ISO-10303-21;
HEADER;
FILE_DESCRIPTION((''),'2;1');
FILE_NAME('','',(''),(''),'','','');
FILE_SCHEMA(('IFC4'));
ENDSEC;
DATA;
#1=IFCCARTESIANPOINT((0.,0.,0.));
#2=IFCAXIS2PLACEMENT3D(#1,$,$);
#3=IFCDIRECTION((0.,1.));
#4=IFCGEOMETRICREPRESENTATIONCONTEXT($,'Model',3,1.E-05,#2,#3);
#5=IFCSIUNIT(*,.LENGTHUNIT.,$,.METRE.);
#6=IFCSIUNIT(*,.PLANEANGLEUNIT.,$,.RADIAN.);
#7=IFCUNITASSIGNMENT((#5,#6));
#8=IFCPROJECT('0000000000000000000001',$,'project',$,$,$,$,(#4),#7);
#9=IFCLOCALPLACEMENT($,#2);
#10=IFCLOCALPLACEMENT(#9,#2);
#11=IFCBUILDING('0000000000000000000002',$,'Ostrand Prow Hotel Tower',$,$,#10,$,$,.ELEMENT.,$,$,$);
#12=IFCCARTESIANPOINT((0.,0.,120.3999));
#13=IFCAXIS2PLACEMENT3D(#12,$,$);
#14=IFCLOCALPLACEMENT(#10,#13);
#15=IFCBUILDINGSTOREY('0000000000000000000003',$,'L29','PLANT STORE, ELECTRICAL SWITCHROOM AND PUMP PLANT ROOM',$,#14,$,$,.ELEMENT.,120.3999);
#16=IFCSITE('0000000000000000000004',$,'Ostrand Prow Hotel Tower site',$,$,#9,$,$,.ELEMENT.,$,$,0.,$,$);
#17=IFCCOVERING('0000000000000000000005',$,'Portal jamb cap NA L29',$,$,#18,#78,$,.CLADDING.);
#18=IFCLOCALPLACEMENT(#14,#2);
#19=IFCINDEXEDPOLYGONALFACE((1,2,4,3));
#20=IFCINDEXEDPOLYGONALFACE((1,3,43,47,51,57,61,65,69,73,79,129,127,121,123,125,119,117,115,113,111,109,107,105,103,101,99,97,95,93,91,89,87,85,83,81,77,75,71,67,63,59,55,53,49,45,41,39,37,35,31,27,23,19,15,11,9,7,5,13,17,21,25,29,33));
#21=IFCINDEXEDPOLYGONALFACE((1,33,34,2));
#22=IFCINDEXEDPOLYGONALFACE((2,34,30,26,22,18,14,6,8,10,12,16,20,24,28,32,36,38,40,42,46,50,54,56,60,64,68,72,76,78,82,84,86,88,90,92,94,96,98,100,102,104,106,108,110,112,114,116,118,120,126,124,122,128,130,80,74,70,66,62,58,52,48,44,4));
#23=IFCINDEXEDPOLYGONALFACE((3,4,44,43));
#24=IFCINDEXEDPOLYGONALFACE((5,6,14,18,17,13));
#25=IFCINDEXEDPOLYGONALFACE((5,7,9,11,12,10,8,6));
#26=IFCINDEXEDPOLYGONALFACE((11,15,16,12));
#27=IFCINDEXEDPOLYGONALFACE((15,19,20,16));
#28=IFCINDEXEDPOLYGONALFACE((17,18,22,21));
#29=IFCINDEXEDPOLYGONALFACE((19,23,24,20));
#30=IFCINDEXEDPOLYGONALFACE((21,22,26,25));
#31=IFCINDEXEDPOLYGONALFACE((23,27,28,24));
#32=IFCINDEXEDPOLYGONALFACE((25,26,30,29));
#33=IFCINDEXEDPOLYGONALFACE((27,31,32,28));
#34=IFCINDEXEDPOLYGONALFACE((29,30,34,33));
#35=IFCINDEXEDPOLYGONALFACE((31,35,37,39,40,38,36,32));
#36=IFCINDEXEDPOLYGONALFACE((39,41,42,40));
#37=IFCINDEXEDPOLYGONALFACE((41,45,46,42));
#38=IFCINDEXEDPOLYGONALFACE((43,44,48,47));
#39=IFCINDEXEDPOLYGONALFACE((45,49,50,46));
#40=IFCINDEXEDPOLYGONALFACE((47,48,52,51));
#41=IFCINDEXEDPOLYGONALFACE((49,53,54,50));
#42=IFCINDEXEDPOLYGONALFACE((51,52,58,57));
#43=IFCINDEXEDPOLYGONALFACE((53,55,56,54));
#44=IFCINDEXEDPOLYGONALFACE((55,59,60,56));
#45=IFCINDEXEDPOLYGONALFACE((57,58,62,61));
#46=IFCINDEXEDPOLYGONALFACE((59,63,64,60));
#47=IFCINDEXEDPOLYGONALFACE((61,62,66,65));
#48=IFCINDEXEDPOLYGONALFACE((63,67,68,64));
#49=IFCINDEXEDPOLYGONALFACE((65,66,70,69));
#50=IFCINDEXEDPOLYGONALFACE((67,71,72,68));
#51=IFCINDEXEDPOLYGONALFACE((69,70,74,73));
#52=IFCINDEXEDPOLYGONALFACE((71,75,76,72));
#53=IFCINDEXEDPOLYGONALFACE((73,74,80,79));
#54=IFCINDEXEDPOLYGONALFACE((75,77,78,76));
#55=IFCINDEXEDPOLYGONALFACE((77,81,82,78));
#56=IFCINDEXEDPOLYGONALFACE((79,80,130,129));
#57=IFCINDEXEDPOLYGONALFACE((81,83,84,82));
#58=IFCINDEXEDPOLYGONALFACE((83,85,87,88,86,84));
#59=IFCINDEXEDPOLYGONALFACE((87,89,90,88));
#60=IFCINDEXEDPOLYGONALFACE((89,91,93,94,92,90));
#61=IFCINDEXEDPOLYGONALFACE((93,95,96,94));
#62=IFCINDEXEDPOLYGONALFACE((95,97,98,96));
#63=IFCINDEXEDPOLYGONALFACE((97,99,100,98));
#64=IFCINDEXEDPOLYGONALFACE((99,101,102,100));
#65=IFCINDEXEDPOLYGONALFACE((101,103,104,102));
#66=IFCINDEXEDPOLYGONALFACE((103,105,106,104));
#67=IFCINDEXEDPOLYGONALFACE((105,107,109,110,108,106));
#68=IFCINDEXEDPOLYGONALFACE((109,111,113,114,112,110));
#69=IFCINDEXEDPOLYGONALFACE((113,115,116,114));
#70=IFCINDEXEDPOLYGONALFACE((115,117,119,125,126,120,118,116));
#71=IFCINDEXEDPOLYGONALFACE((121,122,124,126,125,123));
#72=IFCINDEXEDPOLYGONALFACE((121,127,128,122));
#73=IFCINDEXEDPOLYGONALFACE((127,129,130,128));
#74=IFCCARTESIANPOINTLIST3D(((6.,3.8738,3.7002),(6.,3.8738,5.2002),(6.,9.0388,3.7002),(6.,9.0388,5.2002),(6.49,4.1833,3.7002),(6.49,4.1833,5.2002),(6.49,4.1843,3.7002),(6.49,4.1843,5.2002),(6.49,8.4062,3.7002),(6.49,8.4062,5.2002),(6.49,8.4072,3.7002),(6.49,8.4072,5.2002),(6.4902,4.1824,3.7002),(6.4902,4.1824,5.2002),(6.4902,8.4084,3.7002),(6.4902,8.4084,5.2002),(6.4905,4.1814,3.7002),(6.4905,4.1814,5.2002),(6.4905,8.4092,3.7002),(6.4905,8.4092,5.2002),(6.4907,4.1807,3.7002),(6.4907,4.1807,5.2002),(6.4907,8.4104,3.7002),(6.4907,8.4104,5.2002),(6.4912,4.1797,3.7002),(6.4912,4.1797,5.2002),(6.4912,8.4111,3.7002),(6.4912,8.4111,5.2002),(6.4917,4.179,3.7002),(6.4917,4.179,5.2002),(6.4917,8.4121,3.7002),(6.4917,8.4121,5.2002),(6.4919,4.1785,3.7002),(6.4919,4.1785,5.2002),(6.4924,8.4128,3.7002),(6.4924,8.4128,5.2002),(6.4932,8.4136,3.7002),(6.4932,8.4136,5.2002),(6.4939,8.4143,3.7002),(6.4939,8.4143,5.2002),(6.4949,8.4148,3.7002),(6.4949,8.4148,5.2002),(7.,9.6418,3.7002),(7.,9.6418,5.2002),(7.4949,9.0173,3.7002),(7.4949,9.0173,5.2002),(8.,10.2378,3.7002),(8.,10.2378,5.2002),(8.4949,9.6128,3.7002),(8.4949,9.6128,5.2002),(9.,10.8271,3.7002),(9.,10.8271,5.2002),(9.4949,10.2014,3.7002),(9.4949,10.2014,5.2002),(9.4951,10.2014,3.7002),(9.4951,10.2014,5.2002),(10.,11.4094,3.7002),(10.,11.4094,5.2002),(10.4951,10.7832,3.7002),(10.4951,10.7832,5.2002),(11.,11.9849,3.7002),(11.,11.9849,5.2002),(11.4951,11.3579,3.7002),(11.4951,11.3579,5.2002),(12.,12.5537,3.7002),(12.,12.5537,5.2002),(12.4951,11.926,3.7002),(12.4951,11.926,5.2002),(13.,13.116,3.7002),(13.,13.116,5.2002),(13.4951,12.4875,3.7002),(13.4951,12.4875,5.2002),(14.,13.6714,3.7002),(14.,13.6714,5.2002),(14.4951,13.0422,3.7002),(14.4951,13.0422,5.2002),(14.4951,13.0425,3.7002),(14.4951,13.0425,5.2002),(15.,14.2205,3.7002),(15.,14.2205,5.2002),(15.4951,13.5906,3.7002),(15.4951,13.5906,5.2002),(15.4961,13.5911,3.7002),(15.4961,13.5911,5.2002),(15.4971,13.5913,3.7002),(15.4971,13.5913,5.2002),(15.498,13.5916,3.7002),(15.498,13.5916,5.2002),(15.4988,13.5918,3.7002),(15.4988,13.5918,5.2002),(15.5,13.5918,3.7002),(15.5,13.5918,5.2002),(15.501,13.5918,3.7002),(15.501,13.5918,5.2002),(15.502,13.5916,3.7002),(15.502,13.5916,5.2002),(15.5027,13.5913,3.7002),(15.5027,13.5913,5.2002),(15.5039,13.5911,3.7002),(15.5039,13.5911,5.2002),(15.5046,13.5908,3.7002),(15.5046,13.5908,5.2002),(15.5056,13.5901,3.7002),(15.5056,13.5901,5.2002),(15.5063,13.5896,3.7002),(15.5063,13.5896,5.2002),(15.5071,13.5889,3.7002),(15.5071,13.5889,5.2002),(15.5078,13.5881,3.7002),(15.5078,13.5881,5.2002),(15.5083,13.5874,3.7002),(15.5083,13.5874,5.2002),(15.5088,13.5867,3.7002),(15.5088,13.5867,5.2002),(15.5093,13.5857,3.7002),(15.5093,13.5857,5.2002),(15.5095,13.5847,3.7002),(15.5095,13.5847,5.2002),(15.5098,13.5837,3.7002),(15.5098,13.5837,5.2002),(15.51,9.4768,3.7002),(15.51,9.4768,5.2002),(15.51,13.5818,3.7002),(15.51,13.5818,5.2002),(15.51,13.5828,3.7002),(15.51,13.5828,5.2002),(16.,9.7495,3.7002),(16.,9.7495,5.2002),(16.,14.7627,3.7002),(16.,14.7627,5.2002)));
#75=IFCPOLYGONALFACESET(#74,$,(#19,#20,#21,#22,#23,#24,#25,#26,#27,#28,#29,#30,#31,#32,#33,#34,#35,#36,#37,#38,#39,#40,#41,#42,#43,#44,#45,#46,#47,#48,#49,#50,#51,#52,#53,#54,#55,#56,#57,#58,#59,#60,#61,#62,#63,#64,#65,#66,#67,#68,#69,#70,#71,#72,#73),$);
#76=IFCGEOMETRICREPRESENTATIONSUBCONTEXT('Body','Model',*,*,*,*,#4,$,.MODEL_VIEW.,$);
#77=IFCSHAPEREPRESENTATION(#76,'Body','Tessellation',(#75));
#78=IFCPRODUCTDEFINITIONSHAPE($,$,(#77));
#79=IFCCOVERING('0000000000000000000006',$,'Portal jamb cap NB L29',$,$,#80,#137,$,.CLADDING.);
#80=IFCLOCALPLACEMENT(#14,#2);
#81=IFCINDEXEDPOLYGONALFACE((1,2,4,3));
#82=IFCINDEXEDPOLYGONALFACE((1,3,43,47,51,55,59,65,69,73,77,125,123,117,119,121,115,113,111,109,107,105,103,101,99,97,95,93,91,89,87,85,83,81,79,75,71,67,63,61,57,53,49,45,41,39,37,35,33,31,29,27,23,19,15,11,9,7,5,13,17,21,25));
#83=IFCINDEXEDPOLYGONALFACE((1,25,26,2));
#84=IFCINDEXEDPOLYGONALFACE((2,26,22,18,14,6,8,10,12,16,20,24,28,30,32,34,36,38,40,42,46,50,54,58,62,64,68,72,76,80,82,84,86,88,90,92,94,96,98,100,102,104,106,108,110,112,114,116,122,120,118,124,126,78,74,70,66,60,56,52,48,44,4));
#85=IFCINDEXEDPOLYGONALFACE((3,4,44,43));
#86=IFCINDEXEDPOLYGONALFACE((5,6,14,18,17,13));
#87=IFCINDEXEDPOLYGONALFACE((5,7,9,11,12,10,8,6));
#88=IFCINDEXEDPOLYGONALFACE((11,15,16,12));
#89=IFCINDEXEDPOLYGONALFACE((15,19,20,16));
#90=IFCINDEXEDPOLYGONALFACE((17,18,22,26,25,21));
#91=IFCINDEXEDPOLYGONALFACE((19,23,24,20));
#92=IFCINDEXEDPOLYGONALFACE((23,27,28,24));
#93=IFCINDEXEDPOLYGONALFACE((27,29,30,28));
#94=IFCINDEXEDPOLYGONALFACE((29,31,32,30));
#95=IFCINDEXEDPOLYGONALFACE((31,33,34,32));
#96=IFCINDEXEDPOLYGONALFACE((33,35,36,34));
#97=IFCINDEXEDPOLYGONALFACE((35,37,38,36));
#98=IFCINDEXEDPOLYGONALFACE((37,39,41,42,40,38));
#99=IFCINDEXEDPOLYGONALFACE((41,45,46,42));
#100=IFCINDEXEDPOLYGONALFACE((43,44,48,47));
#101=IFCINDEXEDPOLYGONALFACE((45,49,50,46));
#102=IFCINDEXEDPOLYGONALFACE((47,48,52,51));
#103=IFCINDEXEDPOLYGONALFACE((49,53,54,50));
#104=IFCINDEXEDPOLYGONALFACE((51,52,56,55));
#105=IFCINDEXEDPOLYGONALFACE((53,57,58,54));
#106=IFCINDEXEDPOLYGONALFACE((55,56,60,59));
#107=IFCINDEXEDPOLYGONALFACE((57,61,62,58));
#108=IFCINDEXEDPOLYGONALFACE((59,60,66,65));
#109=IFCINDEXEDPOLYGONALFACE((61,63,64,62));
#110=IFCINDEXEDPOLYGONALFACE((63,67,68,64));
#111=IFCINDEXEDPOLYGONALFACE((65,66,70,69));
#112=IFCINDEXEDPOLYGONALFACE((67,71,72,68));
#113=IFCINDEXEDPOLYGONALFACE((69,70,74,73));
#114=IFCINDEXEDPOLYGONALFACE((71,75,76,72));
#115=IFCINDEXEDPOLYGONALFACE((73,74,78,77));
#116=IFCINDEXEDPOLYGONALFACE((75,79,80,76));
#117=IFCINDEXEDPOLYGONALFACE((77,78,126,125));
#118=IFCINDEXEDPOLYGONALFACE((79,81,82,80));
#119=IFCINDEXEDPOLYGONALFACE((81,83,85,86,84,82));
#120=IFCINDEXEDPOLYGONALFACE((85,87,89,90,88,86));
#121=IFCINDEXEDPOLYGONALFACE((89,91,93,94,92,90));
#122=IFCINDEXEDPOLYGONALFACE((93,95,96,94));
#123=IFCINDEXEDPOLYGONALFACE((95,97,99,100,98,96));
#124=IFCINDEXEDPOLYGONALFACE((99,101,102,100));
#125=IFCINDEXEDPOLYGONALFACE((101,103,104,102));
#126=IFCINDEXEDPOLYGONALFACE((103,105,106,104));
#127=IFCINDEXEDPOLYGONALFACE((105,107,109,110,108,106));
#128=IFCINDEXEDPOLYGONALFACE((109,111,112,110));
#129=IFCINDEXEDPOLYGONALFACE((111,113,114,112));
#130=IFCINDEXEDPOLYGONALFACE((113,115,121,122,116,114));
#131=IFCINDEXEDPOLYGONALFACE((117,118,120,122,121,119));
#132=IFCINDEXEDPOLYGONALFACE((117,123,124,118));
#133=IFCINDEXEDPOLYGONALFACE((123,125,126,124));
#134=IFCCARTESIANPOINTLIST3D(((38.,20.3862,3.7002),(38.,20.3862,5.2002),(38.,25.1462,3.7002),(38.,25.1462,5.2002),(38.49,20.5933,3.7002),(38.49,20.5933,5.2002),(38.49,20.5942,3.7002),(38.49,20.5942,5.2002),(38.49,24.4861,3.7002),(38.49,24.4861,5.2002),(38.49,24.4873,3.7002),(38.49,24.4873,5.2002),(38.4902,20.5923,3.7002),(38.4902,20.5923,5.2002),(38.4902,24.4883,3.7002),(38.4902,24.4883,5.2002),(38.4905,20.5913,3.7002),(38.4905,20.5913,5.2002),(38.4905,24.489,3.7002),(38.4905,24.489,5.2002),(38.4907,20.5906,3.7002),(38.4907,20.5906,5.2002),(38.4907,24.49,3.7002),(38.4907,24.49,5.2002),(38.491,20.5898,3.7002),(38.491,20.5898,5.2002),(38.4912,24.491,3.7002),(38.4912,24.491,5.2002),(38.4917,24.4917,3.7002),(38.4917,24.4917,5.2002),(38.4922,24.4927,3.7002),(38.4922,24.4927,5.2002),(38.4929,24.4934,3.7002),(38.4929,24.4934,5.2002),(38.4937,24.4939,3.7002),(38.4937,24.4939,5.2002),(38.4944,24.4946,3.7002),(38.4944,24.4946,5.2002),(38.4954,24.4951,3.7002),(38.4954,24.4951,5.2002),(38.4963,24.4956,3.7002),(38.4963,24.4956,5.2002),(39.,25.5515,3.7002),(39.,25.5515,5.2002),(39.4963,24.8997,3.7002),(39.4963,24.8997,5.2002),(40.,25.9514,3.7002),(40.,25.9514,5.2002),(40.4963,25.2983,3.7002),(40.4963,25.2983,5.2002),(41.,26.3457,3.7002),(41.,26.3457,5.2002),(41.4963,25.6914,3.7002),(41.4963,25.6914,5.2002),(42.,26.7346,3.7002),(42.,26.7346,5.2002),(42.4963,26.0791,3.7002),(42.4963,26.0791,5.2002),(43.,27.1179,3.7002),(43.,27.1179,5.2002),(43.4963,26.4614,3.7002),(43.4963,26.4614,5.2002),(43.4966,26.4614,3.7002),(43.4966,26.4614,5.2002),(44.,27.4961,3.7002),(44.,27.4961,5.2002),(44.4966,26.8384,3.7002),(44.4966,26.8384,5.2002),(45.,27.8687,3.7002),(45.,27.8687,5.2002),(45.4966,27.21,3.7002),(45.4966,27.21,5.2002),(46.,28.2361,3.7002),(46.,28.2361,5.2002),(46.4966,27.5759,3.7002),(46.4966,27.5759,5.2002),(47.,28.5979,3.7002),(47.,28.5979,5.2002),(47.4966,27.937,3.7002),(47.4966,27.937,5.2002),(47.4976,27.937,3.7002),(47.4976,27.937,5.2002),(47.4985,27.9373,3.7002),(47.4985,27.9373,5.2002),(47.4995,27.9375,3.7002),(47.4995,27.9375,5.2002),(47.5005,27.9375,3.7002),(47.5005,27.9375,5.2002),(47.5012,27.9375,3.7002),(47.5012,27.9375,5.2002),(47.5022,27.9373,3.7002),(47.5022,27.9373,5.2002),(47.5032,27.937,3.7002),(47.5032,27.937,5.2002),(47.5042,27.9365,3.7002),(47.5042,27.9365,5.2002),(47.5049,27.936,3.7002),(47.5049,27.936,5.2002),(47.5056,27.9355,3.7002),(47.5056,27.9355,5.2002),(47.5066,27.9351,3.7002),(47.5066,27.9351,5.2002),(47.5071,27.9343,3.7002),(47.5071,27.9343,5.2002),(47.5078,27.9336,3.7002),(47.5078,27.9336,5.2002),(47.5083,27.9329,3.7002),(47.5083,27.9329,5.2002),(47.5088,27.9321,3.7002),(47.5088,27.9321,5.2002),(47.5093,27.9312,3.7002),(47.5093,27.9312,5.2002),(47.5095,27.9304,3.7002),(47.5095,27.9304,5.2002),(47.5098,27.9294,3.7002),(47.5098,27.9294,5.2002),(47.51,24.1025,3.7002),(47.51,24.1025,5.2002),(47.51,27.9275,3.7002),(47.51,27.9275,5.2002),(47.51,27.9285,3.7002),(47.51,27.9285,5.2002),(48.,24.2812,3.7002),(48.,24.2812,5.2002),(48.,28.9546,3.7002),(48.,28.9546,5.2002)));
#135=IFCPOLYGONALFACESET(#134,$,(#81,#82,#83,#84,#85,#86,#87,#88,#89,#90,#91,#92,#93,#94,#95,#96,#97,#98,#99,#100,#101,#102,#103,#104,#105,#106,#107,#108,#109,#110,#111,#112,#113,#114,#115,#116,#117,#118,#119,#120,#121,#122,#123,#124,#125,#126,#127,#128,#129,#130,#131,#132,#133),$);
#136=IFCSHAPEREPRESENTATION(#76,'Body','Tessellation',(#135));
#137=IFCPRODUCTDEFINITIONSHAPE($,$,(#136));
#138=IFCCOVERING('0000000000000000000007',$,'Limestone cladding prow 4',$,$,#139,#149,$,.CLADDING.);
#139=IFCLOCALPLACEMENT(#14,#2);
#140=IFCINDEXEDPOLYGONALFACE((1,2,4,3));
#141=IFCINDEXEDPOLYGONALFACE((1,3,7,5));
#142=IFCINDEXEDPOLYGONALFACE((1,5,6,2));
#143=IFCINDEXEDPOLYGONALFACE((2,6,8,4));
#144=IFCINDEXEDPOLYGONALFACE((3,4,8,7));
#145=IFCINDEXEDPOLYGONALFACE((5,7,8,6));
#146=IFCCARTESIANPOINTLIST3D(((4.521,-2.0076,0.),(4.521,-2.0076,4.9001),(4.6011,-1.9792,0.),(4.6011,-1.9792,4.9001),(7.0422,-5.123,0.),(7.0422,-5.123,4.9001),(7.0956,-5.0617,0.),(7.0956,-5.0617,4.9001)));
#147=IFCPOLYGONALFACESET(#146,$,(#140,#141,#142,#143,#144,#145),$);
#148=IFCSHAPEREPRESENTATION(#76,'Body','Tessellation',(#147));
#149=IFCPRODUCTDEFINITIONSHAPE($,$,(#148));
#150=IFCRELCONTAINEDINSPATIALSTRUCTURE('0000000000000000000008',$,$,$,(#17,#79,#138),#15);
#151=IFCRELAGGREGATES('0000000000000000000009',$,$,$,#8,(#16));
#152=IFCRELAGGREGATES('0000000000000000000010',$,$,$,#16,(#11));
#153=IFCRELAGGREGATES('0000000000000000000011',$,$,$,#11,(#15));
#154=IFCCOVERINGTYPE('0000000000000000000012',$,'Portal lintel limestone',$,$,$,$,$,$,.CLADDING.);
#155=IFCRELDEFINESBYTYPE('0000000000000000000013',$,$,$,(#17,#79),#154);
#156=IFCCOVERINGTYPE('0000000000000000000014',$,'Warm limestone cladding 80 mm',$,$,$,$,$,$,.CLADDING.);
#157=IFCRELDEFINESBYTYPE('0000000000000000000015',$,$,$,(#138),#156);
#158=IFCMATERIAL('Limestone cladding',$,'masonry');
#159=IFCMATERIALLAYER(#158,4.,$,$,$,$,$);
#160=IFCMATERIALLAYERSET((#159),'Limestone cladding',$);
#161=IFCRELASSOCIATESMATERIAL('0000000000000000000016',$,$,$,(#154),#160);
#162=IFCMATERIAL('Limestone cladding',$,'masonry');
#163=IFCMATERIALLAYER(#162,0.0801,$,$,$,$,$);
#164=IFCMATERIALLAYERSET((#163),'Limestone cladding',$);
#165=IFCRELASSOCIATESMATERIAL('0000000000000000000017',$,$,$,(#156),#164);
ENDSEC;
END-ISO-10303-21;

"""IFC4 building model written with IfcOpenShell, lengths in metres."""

from ifc_helpers import new_model, si_unit, direction, frame, origin, place, context, subcontext, project, spatial, polyline, outline, extrude, material, layer, layer_set, type_object, element, save


model = new_model("IFC4")

# Units and contexts
model_context = context("Model", 3, precision=1e-05, world=origin(), true_north=direction((0.0, 1.0)))
body_context = subcontext(model_context, "Body", "Model", "MODEL_VIEW")
ifc_project = project(units=[si_unit("LENGTHUNIT", "METRE"), si_unit("PLANEANGLEUNIT", "RADIAN")], contexts=[model_context])

# Site, building, storey
site_placement = place(None, origin())
site = spatial("IfcSite", under=ifc_project, at=site_placement, Name="Ostrand Prow Hotel Tower site", CompositionType="ELEMENT", RefElevation=0.0)
building_placement = place(site_placement, origin())
building = spatial("IfcBuilding", under=site, at=building_placement, Name="Ostrand Prow Hotel Tower", CompositionType="ELEMENT")
storey_placement = place(building_placement, frame((0.0, 0.0, 120.3999)))
storey = spatial("IfcBuildingStorey", under=building, at=storey_placement, Name="L29", Description="PLANT STORE, ELECTRICAL SWITCHROOM AND PUMP PLANT ROOM", CompositionType="ELEMENT", Elevation=120.3999)

# Coverings
ifc_material_1 = material(Name="Limestone cladding", Category="masonry")
ifc_layer_1 = layer(ifc_material_1, 4.0)
ifc_layer_set_1 = layer_set([ifc_layer_1], Name="Limestone cladding")
covering_type_1 = type_object("IfcCoveringType", Name="Portal lintel limestone", PredefinedType="CLADDING", material=ifc_layer_set_1)
covering_1_placement = place(storey_placement, frame((0.0, 0.0, 3.7002)))
element("IfcCovering", 1, at=covering_1_placement, inside=storey, type_object=covering_type_1, Name="Portal jamb cap NA L29", PredefinedType="CLADDING", context=body_context, shape_type="SweptSolid", body=[
    extrude(outline(polyline([(6.0, 9.0388), (6.0, 3.8738), (6.4919, 4.1785), (6.4917, 4.179), (6.4912, 4.1797), (6.4907, 4.1807), (6.4905, 4.1814), (6.4902, 4.1824), (6.49, 4.1833), (6.49, 4.1843), (6.49, 8.4062), (6.49, 8.4072), (6.4902, 8.4084), (6.4905, 8.4092), (6.4907, 8.4104), (6.4912, 8.4111), (6.4917, 8.4121), (6.4924, 8.4128), (6.4932, 8.4136), (6.4939, 8.4143), (6.4949, 8.4148), (7.4949, 9.0173), (7.4949, 9.0173), (8.4949, 9.6128), (8.4949, 9.6128), (9.4949, 10.2014), (9.4951, 10.2014), (10.4951, 10.7832), (10.4951, 10.7832), (11.4951, 11.3579), (11.4951, 11.3579), (12.4951, 11.926), (12.4951, 11.926), (13.4951, 12.4875), (13.4951, 12.4875), (14.4951, 13.0422), (14.4951, 13.0425), (15.4951, 13.5906), (15.4961, 13.5911), (15.4971, 13.5913), (15.498, 13.5916), (15.4988, 13.5918), (15.5, 13.5918), (15.501, 13.5918), (15.502, 13.5916), (15.5027, 13.5913), (15.5039, 13.5911), (15.5046, 13.5908), (15.5056, 13.5901), (15.5063, 13.5896), (15.5071, 13.5889), (15.5078, 13.5881), (15.5083, 13.5874), (15.5088, 13.5867), (15.5093, 13.5857), (15.5095, 13.5847), (15.5098, 13.5837), (15.51, 13.5828), (15.51, 13.5818), (15.51, 9.4768), (16.0, 9.7495), (16.0, 14.7627), (15.0, 14.2205), (14.0, 13.6714), (13.0, 13.116), (12.0, 12.5537), (11.0, 11.9849), (10.0, 11.4094), (9.0, 10.8271), (8.0, 10.2378), (7.0, 9.6418), (6.0, 9.0388)])), origin(), (0.0, 0.0, 1.0), 1.5),
])
covering_2_placement = place(storey_placement, frame((0.0, 0.0, 3.7002)))
element("IfcCovering", 2, at=covering_2_placement, inside=storey, type_object=covering_type_1, Name="Portal jamb cap NB L29", PredefinedType="CLADDING", context=body_context, shape_type="SweptSolid", body=[
    extrude(outline(polyline([(38.0, 25.1462), (38.0, 20.3862), (38.491, 20.5898), (38.4907, 20.5906), (38.4905, 20.5913), (38.4902, 20.5923), (38.49, 20.5933), (38.49, 20.5942), (38.49, 24.4861), (38.49, 24.4873), (38.4902, 24.4883), (38.4905, 24.489), (38.4907, 24.49), (38.4912, 24.491), (38.4917, 24.4917), (38.4922, 24.4927), (38.4929, 24.4934), (38.4937, 24.4939), (38.4944, 24.4946), (38.4954, 24.4951), (38.4963, 24.4956), (39.4963, 24.8997), (39.4963, 24.8997), (40.4963, 25.2983), (40.4963, 25.2983), (41.4963, 25.6914), (41.4963, 25.6914), (42.4963, 26.0791), (42.4963, 26.0791), (43.4963, 26.4614), (43.4966, 26.4614), (44.4966, 26.8384), (44.4966, 26.8384), (45.4966, 27.21), (45.4966, 27.21), (46.4966, 27.5759), (46.4966, 27.5759), (47.4966, 27.937), (47.4976, 27.937), (47.4985, 27.9373), (47.4995, 27.9375), (47.5005, 27.9375), (47.5012, 27.9375), (47.5022, 27.9373), (47.5032, 27.937), (47.5042, 27.9365), (47.5049, 27.936), (47.5056, 27.9355), (47.5066, 27.9351), (47.5071, 27.9343), (47.5078, 27.9336), (47.5083, 27.9329), (47.5088, 27.9321), (47.5093, 27.9312), (47.5095, 27.9304), (47.5098, 27.9294), (47.51, 27.9285), (47.51, 27.9275), (47.51, 24.1025), (48.0, 24.2812), (48.0, 28.9546), (47.0, 28.5979), (46.0, 28.2361), (45.0, 27.8687), (44.0, 27.4961), (43.0, 27.1179), (42.0, 26.7346), (41.0, 26.3457), (40.0, 25.9514), (39.0, 25.5515), (38.0, 25.1462)])), origin(), (0.0, 0.0, 1.0), 1.5),
])
ifc_material_2 = material(Name="Limestone cladding", Category="masonry")
ifc_layer_2 = layer(ifc_material_2, 0.0801)
ifc_layer_set_2 = layer_set([ifc_layer_2], Name="Limestone cladding")
covering_type_2 = type_object("IfcCoveringType", Name="Warm limestone cladding 80 mm", PredefinedType="CLADDING", material=ifc_layer_set_2)
covering_3_placement = place(storey_placement, frame((4.561, -1.9934, 0.0), z_axis=(0.0, 0.0, 1.0), x_axis=(0.629077, -0.777343, 0.0)))
element("IfcCovering", 3, at=covering_3_placement, inside=storey, type_object=covering_type_2, Name="Limestone cladding prow 4", PredefinedType="CLADDING", context=body_context, shape_type="SweptSolid", body=[
    extrude(outline(polyline([(-0.0142, -0.04), (3.9937, -0.04), (3.9795, 0.04), (0.0142, 0.04), (-0.0142, -0.04)])), origin(), (0.0, 0.0, 1.0), 4.9001),
])

save(model, "model.ifc")
